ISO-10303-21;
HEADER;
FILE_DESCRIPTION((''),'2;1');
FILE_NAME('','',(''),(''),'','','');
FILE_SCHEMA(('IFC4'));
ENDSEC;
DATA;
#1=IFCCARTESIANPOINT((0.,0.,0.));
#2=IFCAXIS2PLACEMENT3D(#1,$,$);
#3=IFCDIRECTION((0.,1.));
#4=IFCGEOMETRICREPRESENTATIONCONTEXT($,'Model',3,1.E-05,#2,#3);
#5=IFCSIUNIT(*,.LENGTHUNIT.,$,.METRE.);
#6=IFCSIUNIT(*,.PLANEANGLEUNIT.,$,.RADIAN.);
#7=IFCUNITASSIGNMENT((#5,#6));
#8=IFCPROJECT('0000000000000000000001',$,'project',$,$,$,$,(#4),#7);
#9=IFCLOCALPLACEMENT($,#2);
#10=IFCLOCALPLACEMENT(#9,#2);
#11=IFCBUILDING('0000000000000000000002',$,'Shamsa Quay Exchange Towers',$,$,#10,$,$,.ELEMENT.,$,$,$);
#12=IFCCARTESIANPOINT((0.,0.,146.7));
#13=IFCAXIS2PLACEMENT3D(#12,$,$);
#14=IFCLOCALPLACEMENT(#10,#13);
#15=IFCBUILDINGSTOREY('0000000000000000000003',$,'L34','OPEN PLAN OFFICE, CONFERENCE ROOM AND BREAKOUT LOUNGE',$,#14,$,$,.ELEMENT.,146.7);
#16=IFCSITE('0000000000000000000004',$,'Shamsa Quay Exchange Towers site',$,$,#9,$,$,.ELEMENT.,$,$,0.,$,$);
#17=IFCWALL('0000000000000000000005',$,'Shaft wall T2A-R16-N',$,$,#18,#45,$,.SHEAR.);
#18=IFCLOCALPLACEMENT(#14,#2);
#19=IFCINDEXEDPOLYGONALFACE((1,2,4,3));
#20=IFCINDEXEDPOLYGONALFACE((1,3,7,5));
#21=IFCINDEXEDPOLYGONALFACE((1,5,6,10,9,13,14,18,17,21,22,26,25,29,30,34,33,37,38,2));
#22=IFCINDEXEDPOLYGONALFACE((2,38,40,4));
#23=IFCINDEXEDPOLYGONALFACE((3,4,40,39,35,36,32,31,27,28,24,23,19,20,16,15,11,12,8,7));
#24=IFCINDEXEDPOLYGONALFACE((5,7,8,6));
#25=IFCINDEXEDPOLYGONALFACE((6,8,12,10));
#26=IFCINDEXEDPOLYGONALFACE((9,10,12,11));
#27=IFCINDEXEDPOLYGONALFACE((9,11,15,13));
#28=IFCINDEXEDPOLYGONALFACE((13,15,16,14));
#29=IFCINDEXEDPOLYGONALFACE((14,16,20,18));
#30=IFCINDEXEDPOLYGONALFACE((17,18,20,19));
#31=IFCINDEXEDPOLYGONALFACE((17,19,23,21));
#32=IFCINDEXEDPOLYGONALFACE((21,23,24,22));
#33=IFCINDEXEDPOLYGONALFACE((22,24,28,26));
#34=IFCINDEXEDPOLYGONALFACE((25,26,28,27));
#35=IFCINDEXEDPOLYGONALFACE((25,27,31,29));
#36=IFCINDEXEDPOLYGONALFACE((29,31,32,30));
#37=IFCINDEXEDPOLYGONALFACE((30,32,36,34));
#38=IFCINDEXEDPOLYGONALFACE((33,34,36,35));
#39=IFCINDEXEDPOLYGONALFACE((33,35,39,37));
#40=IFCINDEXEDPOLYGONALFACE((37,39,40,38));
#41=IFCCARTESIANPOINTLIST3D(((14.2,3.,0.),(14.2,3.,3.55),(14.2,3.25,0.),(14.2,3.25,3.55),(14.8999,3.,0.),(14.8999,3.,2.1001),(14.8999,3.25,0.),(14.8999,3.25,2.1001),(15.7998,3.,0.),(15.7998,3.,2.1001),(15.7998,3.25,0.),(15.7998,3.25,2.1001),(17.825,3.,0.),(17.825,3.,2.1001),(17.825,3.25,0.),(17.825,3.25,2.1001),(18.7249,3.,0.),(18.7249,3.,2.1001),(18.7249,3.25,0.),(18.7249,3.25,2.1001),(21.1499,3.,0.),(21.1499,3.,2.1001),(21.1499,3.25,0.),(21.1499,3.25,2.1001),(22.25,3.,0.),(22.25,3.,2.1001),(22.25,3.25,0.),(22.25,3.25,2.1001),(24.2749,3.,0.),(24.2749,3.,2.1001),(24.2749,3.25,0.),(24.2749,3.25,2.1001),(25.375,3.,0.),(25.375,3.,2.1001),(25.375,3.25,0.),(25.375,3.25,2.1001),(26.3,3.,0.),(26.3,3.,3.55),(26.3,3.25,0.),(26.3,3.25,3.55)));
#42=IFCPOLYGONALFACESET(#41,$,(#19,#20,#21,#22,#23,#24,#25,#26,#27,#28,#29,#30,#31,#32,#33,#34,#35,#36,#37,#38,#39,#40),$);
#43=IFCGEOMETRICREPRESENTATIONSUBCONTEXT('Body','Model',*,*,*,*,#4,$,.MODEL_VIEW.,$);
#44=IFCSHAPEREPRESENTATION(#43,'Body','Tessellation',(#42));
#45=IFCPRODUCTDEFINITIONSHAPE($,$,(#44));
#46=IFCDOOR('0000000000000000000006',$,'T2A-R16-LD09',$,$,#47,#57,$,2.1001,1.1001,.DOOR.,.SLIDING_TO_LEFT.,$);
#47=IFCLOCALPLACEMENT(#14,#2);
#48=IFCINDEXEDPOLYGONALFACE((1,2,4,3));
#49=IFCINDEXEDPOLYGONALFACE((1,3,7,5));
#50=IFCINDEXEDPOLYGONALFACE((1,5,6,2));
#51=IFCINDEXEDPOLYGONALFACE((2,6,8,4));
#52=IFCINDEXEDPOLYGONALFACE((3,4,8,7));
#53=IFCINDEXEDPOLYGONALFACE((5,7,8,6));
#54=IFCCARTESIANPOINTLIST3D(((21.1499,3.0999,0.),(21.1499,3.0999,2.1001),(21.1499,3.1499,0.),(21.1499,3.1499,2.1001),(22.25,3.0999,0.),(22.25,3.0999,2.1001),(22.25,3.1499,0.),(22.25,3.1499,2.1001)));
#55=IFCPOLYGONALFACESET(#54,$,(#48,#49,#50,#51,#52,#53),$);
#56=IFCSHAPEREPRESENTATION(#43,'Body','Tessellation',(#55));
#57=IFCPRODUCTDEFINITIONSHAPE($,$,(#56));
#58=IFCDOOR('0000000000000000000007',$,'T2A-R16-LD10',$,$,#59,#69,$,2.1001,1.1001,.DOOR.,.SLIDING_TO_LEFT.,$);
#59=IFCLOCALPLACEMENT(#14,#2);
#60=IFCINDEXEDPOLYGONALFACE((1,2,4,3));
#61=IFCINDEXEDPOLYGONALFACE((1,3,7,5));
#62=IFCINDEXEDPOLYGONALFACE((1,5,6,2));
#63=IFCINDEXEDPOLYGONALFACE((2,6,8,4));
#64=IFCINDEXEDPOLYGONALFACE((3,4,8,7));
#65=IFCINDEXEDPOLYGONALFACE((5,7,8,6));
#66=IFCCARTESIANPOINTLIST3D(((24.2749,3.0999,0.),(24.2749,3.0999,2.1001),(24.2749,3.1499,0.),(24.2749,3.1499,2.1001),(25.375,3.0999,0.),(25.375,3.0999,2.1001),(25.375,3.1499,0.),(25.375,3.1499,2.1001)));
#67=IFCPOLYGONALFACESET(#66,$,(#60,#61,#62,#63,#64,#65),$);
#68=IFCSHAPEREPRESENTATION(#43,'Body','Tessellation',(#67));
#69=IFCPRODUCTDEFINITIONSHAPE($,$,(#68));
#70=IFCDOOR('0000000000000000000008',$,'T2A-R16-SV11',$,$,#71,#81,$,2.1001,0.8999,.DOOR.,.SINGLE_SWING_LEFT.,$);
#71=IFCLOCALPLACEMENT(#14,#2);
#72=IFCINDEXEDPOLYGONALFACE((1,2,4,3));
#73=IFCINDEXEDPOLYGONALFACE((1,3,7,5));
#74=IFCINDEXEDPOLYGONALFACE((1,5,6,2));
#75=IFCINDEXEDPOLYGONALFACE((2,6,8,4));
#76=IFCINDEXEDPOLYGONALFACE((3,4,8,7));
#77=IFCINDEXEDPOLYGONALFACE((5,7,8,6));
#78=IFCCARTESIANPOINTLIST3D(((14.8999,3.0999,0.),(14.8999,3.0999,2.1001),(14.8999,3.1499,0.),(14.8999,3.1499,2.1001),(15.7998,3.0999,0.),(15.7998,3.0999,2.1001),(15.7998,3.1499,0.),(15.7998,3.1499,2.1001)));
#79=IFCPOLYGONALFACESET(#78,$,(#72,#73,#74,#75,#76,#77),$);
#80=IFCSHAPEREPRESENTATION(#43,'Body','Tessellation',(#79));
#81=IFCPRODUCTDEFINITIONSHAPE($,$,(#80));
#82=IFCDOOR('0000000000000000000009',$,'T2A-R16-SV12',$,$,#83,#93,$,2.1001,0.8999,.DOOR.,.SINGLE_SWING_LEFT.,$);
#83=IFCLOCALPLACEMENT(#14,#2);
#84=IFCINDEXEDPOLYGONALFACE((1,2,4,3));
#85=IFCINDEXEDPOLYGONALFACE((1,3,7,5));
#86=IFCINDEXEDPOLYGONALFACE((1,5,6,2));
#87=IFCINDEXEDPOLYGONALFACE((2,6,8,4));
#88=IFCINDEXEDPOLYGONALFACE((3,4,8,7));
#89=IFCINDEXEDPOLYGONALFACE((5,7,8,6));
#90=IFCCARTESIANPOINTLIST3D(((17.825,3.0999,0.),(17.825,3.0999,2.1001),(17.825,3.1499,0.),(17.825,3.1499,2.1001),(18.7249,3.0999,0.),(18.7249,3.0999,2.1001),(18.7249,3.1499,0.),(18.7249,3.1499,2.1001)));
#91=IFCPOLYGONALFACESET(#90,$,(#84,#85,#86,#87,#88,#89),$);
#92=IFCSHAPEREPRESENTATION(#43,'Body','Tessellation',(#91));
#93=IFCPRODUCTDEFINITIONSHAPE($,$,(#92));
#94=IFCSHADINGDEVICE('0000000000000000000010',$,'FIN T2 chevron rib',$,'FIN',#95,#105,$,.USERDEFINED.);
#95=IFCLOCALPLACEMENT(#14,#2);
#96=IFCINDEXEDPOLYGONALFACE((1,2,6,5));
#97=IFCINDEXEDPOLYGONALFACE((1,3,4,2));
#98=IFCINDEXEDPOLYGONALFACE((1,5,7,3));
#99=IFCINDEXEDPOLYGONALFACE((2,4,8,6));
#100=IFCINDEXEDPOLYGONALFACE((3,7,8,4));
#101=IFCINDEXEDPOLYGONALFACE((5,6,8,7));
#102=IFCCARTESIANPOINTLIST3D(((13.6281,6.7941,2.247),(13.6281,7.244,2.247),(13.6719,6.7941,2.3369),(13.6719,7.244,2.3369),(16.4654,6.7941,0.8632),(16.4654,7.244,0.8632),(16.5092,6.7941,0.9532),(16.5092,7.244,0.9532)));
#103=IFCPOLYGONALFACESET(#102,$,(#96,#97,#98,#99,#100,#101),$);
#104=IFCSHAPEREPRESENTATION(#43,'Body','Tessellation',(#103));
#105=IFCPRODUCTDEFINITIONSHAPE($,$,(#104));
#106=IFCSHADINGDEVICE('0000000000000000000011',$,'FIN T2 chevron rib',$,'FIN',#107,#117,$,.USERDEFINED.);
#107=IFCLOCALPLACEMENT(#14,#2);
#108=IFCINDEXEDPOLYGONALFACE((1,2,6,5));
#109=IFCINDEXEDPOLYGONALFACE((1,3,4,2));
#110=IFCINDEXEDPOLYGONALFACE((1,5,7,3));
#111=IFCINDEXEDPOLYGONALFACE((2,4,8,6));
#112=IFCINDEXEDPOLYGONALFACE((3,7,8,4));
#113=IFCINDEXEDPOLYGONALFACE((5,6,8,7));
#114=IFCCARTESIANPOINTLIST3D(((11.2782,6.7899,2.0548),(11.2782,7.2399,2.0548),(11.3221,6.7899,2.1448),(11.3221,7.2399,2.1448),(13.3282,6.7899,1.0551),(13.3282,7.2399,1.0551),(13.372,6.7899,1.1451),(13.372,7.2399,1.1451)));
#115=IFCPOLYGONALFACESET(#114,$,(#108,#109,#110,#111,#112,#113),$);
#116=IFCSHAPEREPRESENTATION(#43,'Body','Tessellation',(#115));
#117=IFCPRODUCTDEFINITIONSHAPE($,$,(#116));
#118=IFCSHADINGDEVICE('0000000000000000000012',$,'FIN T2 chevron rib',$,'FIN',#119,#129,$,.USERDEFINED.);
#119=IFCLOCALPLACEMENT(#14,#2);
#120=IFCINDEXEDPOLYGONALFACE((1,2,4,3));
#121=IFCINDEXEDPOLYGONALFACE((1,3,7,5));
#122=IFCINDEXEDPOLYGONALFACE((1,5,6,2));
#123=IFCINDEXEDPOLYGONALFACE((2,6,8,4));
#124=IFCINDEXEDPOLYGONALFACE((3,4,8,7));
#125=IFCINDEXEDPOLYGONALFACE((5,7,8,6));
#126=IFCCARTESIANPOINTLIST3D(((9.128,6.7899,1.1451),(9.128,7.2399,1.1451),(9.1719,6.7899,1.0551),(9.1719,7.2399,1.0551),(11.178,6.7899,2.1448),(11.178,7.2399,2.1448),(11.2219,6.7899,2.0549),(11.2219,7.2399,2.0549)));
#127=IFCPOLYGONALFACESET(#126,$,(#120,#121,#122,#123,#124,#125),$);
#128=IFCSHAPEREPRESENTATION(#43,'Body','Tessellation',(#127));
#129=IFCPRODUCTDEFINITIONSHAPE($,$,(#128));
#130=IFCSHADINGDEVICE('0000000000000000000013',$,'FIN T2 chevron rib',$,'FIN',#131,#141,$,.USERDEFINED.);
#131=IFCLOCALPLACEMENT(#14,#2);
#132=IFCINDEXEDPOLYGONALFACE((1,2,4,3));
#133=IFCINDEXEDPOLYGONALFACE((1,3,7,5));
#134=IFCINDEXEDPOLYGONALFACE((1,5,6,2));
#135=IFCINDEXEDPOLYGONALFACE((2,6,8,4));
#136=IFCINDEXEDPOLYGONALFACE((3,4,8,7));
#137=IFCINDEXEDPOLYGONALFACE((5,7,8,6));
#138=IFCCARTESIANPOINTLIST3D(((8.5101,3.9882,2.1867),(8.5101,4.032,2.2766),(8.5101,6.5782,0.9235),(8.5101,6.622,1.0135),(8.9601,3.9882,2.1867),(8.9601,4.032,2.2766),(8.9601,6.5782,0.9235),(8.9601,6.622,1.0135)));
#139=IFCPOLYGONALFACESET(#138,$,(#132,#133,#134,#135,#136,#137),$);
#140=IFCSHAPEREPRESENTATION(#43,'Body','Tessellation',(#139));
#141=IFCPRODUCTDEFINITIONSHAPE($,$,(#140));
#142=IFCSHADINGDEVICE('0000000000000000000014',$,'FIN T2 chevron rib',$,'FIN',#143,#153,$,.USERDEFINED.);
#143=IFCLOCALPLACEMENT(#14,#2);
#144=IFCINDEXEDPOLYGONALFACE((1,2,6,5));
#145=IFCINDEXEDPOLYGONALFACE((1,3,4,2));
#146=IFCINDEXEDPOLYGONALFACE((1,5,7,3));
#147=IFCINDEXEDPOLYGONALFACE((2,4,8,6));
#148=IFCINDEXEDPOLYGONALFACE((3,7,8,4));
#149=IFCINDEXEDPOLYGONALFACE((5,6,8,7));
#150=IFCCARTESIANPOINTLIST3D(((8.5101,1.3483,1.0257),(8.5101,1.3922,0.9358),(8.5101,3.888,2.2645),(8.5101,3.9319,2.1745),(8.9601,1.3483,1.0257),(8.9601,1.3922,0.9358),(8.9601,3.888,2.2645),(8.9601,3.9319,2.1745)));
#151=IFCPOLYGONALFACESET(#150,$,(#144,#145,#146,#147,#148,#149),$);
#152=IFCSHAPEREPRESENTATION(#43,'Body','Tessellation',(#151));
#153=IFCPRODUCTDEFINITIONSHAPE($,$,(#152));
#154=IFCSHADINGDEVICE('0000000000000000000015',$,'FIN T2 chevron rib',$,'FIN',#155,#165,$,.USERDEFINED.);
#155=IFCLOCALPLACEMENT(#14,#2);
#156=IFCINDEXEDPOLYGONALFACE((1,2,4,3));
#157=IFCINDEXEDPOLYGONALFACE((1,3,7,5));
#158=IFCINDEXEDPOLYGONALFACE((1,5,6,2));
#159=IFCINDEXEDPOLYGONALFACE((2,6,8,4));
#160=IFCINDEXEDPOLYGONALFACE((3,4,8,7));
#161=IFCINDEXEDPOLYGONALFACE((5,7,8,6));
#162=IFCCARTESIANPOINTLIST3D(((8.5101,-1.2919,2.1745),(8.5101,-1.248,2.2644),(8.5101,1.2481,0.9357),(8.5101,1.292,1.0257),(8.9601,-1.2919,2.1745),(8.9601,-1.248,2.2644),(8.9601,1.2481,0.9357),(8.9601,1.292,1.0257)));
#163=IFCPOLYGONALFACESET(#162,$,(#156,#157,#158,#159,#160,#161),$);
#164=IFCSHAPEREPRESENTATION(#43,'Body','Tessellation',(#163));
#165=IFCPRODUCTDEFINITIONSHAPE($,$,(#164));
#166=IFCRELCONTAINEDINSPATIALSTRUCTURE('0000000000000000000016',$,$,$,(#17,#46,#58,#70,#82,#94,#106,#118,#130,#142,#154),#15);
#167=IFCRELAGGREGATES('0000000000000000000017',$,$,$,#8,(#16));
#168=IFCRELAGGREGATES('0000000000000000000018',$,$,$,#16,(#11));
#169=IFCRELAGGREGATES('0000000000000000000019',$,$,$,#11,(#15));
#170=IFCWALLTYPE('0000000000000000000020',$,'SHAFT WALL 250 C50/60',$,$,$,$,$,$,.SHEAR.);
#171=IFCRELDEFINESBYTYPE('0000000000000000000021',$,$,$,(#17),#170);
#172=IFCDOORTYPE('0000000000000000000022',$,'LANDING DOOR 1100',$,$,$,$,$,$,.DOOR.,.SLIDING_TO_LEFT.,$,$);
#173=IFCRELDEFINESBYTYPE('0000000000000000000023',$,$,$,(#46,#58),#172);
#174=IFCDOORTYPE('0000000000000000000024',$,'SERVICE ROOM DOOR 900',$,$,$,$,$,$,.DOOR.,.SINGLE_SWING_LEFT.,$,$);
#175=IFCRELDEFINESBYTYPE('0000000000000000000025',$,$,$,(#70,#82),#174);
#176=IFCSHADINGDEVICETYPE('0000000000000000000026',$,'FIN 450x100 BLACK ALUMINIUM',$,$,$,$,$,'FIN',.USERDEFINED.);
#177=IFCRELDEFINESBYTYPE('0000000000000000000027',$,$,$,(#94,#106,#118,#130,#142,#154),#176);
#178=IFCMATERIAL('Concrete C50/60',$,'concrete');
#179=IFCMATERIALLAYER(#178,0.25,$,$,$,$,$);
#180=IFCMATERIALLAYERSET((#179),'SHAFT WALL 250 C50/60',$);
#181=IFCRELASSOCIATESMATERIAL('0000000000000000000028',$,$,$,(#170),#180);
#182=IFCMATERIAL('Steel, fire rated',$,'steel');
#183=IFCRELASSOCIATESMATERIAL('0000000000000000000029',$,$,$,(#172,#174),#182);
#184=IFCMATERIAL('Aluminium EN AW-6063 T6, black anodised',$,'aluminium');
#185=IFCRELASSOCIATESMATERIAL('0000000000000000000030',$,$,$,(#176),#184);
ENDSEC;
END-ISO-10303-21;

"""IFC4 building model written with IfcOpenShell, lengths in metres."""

from ifc_helpers import new_model, si_unit, direction, frame, frame_2d, origin, origin_2d, place, context, subcontext, project, spatial, rectangle, extrude, material, layer, layer_set, material_profile, profile_set, type_object, element, fill, save


model = new_model("IFC4")

# Units and contexts
model_context = context("Model", 3, precision=1e-05, world=origin(), true_north=direction((0.0, 1.0)))
body_context = subcontext(model_context, "Body", "Model", "MODEL_VIEW")
ifc_project = project(units=[si_unit("LENGTHUNIT", "METRE"), si_unit("PLANEANGLEUNIT", "RADIAN")], contexts=[model_context])

# Site, building, storey
site_placement = place(None, origin())
site = spatial("IfcSite", under=ifc_project, at=site_placement, Name="Shamsa Quay Exchange Towers site", CompositionType="ELEMENT", RefElevation=0.0)
building_placement = place(site_placement, origin())
building = spatial("IfcBuilding", under=site, at=building_placement, Name="Shamsa Quay Exchange Towers", CompositionType="ELEMENT")
storey_placement = place(building_placement, frame((0.0, 0.0, 146.7)))
storey = spatial("IfcBuildingStorey", under=building, at=storey_placement, Name="L34", Description="OPEN PLAN OFFICE, CONFERENCE ROOM AND BREAKOUT LOUNGE", CompositionType="ELEMENT", Elevation=146.7)

# Shared definitions
ifc_material_1 = material(Name="Aluminium EN AW-6063 T6, black anodised", Category="aluminium")

# Shared definitions
ifc_material_2 = material(Name="Concrete C50/60", Category="concrete")

# Shared definitions
ifc_material_3 = material(Name="Steel, fire rated", Category="steel")

# Wall, openings, doors
ifc_layer_1 = layer(ifc_material_2, 0.25)
ifc_layer_set_1 = layer_set([ifc_layer_1], Name="SHAFT WALL 250 C50/60")
wall_type_1 = type_object("IfcWallType", Name="SHAFT WALL 250 C50/60", PredefinedType="SHEAR", material=ifc_layer_set_1)
wall_1_placement = place(storey_placement, frame((14.2, 3.125, 0.0)))
wall_1 = element("IfcWall", 1, at=wall_1_placement, inside=storey, type_object=wall_type_1, Name="Shaft wall T2A-R16-N", PredefinedType="SHEAR", context=body_context, shape_type="SweptSolid", body=[
    extrude(rectangle(XDim=12.1001, YDim=0.25, at=frame_2d((6.05, 0.0))), origin(), (0.0, 0.0, 1.0), 3.55),
])
opening_1_placement = place(wall_1_placement, frame((6.95, 0.0, 0.0)))
opening_1 = element("IfcOpeningElement", 2, at=opening_1_placement, cuts=wall_1, PredefinedType="OPENING", context=body_context, shape_type="SweptSolid", body=[
    extrude(rectangle(XDim=1.1001, YDim=2.1001, at=frame_2d((0.55, 1.05))), frame((0.0, 0.135, 0.0), z_axis=(0.0, -1.0, 0.0), x_axis=(1.0, 0.0, 0.0)), (0.0, 0.0, 1.0), 0.27),
])
opening_2_placement = place(wall_1_placement, frame((10.075, 0.0, 0.0)))
opening_2 = element("IfcOpeningElement", 3, at=opening_2_placement, cuts=wall_1, PredefinedType="OPENING", context=body_context, shape_type="SweptSolid", body=[
    extrude(rectangle(XDim=1.1001, YDim=2.1001, at=frame_2d((0.55, 1.05))), frame((0.0, 0.135, 0.0), z_axis=(0.0, -1.0, 0.0), x_axis=(1.0, 0.0, 0.0)), (0.0, 0.0, 1.0), 0.27),
])
opening_3_placement = place(wall_1_placement, frame((0.7, 0.0, 0.0)))
opening_3 = element("IfcOpeningElement", 4, at=opening_3_placement, cuts=wall_1, PredefinedType="OPENING", context=body_context, shape_type="SweptSolid", body=[
    extrude(rectangle(XDim=0.8999, YDim=2.1001, at=frame_2d((0.45, 1.05))), frame((0.0, 0.135, 0.0), z_axis=(0.0, -1.0, 0.0), x_axis=(1.0, 0.0, 0.0)), (0.0, 0.0, 1.0), 0.27),
])
opening_4_placement = place(wall_1_placement, frame((3.625, 0.0, 0.0)))
opening_4 = element("IfcOpeningElement", 5, at=opening_4_placement, cuts=wall_1, PredefinedType="OPENING", context=body_context, shape_type="SweptSolid", body=[
    extrude(rectangle(XDim=0.8999, YDim=2.1001, at=frame_2d((0.45, 1.05))), frame((0.0, 0.135, 0.0), z_axis=(0.0, -1.0, 0.0), x_axis=(1.0, 0.0, 0.0)), (0.0, 0.0, 1.0), 0.27),
])
door_type_1 = type_object("IfcDoorType", Name="LANDING DOOR 1100", OperationType="SLIDING_TO_LEFT", PredefinedType="DOOR", material=ifc_material_3)
door_1_placement = place(opening_1_placement, origin())
door_1 = element("IfcDoor", 6, at=door_1_placement, inside=storey, type_object=door_type_1, Name="T2A-R16-LD09", OperationType="SLIDING_TO_LEFT", OverallHeight=2.1001, OverallWidth=1.1001, PredefinedType="DOOR", context=body_context, shape_type="SweptSolid", body=[
    extrude(rectangle(XDim=1.1001, YDim=2.1001, at=frame_2d((0.55, 1.05))), frame((0.0, 0.0249, 0.0), z_axis=(0.0, -1.0, 0.0), x_axis=(1.0, 0.0, 0.0)), (0.0, 0.0, 1.0), 0.05),
])
fill(opening_1, door_1)
door_2_placement = place(opening_2_placement, origin())
door_2 = element("IfcDoor", 7, at=door_2_placement, inside=storey, type_object=door_type_1, Name="T2A-R16-LD10", OperationType="SLIDING_TO_LEFT", OverallHeight=2.1001, OverallWidth=1.1001, PredefinedType="DOOR", context=body_context, shape_type="SweptSolid", body=[
    extrude(rectangle(XDim=1.1001, YDim=2.1001, at=frame_2d((0.55, 1.05))), frame((0.0, 0.0249, 0.0), z_axis=(0.0, -1.0, 0.0), x_axis=(1.0, 0.0, 0.0)), (0.0, 0.0, 1.0), 0.05),
])
fill(opening_2, door_2)
door_type_2 = type_object("IfcDoorType", Name="SERVICE ROOM DOOR 900", OperationType="SINGLE_SWING_LEFT", PredefinedType="DOOR", material=ifc_material_3)
door_3_placement = place(opening_3_placement, origin())
door_3 = element("IfcDoor", 8, at=door_3_placement, inside=storey, type_object=door_type_2, Name="T2A-R16-SV11", OperationType="SINGLE_SWING_LEFT", OverallHeight=2.1001, OverallWidth=0.8999, PredefinedType="DOOR", context=body_context, shape_type="SweptSolid", body=[
    extrude(rectangle(XDim=0.8999, YDim=2.1001, at=frame_2d((0.45, 1.05))), frame((0.0, 0.0249, 0.0), z_axis=(0.0, -1.0, 0.0), x_axis=(1.0, 0.0, 0.0)), (0.0, 0.0, 1.0), 0.05),
])
fill(opening_3, door_3)
door_4_placement = place(opening_4_placement, origin())
door_4 = element("IfcDoor", 9, at=door_4_placement, inside=storey, type_object=door_type_2, Name="T2A-R16-SV12", OperationType="SINGLE_SWING_LEFT", OverallHeight=2.1001, OverallWidth=0.8999, PredefinedType="DOOR", context=body_context, shape_type="SweptSolid", body=[
    extrude(rectangle(XDim=0.8999, YDim=2.1001, at=frame_2d((0.45, 1.05))), frame((0.0, 0.0249, 0.0), z_axis=(0.0, -1.0, 0.0), x_axis=(1.0, 0.0, 0.0)), (0.0, 0.0, 1.0), 0.05),
])
fill(opening_4, door_4)

# Shading devices
ifc_material_profile_1 = material_profile(ifc_material_1, rectangle(XDim=0.45, YDim=0.1001, at=origin_2d()), Name="FIN450x100")
ifc_profile_set_1 = profile_set([ifc_material_profile_1], Name="Aluminium EN AW-6063 T6, black anodised")
shading_device_type = type_object("IfcShadingDeviceType", Name="FIN 450x100 BLACK ALUMINIUM", ElementType="FIN", PredefinedType="USERDEFINED", material=ifc_profile_set_1)
shading_device_1_placement = place(storey_placement, frame((16.4873, 7.019, 0.9082), z_axis=(-0.898807, 0.0, 0.438344), x_axis=(0.0, -1.0, 0.0)))
element("IfcShadingDevice", 10, at=shading_device_1_placement, inside=storey, type_object=shading_device_type, Name="FIN T2 chevron rib", ObjectType="FIN", PredefinedType="USERDEFINED", context=body_context, shape_type="SweptSolid", body=[
    extrude(rectangle(XDim=0.45, YDim=0.1001, at=origin_2d()), origin(), (0.0, 0.0, 1.0), 3.1567),
])
for number, where, z_axis, x_axis, name in (
    (11, (13.3501, 7.0149, 1.1001), (-0.898815, 0.0, 0.438329), (0.0, -1.0, 0.0), "FIN T2 chevron rib"),
    (12, (11.2, 7.0149, 2.0999), (-0.898815, 0.0, -0.438329), (0.0, -1.0, 0.0), "FIN T2 chevron rib"),
):
    element("IfcShadingDevice", number, at=place(storey_placement, frame(where, z_axis=z_axis, x_axis=x_axis)), inside=storey, type_object=shading_device_type, Name=name, ObjectType="FIN", PredefinedType="USERDEFINED", context=body_context, shape_type="SweptSolid", body=[
        extrude(rectangle(XDim=0.45, YDim=0.1001, at=origin_2d()), origin(), (0.0, 0.0, 1.0), 2.2808),
    ])
shading_device_2_placement = place(storey_placement, frame((8.7351, 6.6001, 0.9685), z_axis=(0.0, -0.898806, 0.438347), x_axis=(1.0, 0.0, 0.0)))
element("IfcShadingDevice", 13, at=shading_device_2_placement, inside=storey, type_object=shading_device_type, Name="FIN T2 chevron rib", ObjectType="FIN", PredefinedType="USERDEFINED", context=body_context, shape_type="SweptSolid", body=[
    extrude(rectangle(XDim=0.45, YDim=0.1001, at=origin_2d()), origin(), (0.0, 0.0, 1.0), 2.8816),
])
shading_device_3_placement = place(storey_placement, frame((8.7351, 3.9099, 2.2195), z_axis=(0.0, -0.89879, -0.438379), x_axis=(1.0, 0.0, 0.0)))
element("IfcShadingDevice", 14, at=shading_device_3_placement, inside=storey, type_object=shading_device_type, Name="FIN T2 chevron rib", ObjectType="FIN", PredefinedType="USERDEFINED", context=body_context, shape_type="SweptSolid", body=[
    extrude(rectangle(XDim=0.45, YDim=0.1001, at=origin_2d()), origin(), (0.0, 0.0, 1.0), 2.8257),
])
shading_device_4_placement = place(storey_placement, frame((8.7351, 1.27, 0.9807), z_axis=(0.0, -0.898807, 0.438345), x_axis=(1.0, 0.0, 0.0)))
element("IfcShadingDevice", 15, at=shading_device_4_placement, inside=storey, type_object=shading_device_type, Name="FIN T2 chevron rib", ObjectType="FIN", PredefinedType="USERDEFINED", context=body_context, shape_type="SweptSolid", body=[
    extrude(rectangle(XDim=0.45, YDim=0.1001, at=origin_2d()), origin(), (0.0, 0.0, 1.0), 2.8259),
])

save(model, "model.ifc")
